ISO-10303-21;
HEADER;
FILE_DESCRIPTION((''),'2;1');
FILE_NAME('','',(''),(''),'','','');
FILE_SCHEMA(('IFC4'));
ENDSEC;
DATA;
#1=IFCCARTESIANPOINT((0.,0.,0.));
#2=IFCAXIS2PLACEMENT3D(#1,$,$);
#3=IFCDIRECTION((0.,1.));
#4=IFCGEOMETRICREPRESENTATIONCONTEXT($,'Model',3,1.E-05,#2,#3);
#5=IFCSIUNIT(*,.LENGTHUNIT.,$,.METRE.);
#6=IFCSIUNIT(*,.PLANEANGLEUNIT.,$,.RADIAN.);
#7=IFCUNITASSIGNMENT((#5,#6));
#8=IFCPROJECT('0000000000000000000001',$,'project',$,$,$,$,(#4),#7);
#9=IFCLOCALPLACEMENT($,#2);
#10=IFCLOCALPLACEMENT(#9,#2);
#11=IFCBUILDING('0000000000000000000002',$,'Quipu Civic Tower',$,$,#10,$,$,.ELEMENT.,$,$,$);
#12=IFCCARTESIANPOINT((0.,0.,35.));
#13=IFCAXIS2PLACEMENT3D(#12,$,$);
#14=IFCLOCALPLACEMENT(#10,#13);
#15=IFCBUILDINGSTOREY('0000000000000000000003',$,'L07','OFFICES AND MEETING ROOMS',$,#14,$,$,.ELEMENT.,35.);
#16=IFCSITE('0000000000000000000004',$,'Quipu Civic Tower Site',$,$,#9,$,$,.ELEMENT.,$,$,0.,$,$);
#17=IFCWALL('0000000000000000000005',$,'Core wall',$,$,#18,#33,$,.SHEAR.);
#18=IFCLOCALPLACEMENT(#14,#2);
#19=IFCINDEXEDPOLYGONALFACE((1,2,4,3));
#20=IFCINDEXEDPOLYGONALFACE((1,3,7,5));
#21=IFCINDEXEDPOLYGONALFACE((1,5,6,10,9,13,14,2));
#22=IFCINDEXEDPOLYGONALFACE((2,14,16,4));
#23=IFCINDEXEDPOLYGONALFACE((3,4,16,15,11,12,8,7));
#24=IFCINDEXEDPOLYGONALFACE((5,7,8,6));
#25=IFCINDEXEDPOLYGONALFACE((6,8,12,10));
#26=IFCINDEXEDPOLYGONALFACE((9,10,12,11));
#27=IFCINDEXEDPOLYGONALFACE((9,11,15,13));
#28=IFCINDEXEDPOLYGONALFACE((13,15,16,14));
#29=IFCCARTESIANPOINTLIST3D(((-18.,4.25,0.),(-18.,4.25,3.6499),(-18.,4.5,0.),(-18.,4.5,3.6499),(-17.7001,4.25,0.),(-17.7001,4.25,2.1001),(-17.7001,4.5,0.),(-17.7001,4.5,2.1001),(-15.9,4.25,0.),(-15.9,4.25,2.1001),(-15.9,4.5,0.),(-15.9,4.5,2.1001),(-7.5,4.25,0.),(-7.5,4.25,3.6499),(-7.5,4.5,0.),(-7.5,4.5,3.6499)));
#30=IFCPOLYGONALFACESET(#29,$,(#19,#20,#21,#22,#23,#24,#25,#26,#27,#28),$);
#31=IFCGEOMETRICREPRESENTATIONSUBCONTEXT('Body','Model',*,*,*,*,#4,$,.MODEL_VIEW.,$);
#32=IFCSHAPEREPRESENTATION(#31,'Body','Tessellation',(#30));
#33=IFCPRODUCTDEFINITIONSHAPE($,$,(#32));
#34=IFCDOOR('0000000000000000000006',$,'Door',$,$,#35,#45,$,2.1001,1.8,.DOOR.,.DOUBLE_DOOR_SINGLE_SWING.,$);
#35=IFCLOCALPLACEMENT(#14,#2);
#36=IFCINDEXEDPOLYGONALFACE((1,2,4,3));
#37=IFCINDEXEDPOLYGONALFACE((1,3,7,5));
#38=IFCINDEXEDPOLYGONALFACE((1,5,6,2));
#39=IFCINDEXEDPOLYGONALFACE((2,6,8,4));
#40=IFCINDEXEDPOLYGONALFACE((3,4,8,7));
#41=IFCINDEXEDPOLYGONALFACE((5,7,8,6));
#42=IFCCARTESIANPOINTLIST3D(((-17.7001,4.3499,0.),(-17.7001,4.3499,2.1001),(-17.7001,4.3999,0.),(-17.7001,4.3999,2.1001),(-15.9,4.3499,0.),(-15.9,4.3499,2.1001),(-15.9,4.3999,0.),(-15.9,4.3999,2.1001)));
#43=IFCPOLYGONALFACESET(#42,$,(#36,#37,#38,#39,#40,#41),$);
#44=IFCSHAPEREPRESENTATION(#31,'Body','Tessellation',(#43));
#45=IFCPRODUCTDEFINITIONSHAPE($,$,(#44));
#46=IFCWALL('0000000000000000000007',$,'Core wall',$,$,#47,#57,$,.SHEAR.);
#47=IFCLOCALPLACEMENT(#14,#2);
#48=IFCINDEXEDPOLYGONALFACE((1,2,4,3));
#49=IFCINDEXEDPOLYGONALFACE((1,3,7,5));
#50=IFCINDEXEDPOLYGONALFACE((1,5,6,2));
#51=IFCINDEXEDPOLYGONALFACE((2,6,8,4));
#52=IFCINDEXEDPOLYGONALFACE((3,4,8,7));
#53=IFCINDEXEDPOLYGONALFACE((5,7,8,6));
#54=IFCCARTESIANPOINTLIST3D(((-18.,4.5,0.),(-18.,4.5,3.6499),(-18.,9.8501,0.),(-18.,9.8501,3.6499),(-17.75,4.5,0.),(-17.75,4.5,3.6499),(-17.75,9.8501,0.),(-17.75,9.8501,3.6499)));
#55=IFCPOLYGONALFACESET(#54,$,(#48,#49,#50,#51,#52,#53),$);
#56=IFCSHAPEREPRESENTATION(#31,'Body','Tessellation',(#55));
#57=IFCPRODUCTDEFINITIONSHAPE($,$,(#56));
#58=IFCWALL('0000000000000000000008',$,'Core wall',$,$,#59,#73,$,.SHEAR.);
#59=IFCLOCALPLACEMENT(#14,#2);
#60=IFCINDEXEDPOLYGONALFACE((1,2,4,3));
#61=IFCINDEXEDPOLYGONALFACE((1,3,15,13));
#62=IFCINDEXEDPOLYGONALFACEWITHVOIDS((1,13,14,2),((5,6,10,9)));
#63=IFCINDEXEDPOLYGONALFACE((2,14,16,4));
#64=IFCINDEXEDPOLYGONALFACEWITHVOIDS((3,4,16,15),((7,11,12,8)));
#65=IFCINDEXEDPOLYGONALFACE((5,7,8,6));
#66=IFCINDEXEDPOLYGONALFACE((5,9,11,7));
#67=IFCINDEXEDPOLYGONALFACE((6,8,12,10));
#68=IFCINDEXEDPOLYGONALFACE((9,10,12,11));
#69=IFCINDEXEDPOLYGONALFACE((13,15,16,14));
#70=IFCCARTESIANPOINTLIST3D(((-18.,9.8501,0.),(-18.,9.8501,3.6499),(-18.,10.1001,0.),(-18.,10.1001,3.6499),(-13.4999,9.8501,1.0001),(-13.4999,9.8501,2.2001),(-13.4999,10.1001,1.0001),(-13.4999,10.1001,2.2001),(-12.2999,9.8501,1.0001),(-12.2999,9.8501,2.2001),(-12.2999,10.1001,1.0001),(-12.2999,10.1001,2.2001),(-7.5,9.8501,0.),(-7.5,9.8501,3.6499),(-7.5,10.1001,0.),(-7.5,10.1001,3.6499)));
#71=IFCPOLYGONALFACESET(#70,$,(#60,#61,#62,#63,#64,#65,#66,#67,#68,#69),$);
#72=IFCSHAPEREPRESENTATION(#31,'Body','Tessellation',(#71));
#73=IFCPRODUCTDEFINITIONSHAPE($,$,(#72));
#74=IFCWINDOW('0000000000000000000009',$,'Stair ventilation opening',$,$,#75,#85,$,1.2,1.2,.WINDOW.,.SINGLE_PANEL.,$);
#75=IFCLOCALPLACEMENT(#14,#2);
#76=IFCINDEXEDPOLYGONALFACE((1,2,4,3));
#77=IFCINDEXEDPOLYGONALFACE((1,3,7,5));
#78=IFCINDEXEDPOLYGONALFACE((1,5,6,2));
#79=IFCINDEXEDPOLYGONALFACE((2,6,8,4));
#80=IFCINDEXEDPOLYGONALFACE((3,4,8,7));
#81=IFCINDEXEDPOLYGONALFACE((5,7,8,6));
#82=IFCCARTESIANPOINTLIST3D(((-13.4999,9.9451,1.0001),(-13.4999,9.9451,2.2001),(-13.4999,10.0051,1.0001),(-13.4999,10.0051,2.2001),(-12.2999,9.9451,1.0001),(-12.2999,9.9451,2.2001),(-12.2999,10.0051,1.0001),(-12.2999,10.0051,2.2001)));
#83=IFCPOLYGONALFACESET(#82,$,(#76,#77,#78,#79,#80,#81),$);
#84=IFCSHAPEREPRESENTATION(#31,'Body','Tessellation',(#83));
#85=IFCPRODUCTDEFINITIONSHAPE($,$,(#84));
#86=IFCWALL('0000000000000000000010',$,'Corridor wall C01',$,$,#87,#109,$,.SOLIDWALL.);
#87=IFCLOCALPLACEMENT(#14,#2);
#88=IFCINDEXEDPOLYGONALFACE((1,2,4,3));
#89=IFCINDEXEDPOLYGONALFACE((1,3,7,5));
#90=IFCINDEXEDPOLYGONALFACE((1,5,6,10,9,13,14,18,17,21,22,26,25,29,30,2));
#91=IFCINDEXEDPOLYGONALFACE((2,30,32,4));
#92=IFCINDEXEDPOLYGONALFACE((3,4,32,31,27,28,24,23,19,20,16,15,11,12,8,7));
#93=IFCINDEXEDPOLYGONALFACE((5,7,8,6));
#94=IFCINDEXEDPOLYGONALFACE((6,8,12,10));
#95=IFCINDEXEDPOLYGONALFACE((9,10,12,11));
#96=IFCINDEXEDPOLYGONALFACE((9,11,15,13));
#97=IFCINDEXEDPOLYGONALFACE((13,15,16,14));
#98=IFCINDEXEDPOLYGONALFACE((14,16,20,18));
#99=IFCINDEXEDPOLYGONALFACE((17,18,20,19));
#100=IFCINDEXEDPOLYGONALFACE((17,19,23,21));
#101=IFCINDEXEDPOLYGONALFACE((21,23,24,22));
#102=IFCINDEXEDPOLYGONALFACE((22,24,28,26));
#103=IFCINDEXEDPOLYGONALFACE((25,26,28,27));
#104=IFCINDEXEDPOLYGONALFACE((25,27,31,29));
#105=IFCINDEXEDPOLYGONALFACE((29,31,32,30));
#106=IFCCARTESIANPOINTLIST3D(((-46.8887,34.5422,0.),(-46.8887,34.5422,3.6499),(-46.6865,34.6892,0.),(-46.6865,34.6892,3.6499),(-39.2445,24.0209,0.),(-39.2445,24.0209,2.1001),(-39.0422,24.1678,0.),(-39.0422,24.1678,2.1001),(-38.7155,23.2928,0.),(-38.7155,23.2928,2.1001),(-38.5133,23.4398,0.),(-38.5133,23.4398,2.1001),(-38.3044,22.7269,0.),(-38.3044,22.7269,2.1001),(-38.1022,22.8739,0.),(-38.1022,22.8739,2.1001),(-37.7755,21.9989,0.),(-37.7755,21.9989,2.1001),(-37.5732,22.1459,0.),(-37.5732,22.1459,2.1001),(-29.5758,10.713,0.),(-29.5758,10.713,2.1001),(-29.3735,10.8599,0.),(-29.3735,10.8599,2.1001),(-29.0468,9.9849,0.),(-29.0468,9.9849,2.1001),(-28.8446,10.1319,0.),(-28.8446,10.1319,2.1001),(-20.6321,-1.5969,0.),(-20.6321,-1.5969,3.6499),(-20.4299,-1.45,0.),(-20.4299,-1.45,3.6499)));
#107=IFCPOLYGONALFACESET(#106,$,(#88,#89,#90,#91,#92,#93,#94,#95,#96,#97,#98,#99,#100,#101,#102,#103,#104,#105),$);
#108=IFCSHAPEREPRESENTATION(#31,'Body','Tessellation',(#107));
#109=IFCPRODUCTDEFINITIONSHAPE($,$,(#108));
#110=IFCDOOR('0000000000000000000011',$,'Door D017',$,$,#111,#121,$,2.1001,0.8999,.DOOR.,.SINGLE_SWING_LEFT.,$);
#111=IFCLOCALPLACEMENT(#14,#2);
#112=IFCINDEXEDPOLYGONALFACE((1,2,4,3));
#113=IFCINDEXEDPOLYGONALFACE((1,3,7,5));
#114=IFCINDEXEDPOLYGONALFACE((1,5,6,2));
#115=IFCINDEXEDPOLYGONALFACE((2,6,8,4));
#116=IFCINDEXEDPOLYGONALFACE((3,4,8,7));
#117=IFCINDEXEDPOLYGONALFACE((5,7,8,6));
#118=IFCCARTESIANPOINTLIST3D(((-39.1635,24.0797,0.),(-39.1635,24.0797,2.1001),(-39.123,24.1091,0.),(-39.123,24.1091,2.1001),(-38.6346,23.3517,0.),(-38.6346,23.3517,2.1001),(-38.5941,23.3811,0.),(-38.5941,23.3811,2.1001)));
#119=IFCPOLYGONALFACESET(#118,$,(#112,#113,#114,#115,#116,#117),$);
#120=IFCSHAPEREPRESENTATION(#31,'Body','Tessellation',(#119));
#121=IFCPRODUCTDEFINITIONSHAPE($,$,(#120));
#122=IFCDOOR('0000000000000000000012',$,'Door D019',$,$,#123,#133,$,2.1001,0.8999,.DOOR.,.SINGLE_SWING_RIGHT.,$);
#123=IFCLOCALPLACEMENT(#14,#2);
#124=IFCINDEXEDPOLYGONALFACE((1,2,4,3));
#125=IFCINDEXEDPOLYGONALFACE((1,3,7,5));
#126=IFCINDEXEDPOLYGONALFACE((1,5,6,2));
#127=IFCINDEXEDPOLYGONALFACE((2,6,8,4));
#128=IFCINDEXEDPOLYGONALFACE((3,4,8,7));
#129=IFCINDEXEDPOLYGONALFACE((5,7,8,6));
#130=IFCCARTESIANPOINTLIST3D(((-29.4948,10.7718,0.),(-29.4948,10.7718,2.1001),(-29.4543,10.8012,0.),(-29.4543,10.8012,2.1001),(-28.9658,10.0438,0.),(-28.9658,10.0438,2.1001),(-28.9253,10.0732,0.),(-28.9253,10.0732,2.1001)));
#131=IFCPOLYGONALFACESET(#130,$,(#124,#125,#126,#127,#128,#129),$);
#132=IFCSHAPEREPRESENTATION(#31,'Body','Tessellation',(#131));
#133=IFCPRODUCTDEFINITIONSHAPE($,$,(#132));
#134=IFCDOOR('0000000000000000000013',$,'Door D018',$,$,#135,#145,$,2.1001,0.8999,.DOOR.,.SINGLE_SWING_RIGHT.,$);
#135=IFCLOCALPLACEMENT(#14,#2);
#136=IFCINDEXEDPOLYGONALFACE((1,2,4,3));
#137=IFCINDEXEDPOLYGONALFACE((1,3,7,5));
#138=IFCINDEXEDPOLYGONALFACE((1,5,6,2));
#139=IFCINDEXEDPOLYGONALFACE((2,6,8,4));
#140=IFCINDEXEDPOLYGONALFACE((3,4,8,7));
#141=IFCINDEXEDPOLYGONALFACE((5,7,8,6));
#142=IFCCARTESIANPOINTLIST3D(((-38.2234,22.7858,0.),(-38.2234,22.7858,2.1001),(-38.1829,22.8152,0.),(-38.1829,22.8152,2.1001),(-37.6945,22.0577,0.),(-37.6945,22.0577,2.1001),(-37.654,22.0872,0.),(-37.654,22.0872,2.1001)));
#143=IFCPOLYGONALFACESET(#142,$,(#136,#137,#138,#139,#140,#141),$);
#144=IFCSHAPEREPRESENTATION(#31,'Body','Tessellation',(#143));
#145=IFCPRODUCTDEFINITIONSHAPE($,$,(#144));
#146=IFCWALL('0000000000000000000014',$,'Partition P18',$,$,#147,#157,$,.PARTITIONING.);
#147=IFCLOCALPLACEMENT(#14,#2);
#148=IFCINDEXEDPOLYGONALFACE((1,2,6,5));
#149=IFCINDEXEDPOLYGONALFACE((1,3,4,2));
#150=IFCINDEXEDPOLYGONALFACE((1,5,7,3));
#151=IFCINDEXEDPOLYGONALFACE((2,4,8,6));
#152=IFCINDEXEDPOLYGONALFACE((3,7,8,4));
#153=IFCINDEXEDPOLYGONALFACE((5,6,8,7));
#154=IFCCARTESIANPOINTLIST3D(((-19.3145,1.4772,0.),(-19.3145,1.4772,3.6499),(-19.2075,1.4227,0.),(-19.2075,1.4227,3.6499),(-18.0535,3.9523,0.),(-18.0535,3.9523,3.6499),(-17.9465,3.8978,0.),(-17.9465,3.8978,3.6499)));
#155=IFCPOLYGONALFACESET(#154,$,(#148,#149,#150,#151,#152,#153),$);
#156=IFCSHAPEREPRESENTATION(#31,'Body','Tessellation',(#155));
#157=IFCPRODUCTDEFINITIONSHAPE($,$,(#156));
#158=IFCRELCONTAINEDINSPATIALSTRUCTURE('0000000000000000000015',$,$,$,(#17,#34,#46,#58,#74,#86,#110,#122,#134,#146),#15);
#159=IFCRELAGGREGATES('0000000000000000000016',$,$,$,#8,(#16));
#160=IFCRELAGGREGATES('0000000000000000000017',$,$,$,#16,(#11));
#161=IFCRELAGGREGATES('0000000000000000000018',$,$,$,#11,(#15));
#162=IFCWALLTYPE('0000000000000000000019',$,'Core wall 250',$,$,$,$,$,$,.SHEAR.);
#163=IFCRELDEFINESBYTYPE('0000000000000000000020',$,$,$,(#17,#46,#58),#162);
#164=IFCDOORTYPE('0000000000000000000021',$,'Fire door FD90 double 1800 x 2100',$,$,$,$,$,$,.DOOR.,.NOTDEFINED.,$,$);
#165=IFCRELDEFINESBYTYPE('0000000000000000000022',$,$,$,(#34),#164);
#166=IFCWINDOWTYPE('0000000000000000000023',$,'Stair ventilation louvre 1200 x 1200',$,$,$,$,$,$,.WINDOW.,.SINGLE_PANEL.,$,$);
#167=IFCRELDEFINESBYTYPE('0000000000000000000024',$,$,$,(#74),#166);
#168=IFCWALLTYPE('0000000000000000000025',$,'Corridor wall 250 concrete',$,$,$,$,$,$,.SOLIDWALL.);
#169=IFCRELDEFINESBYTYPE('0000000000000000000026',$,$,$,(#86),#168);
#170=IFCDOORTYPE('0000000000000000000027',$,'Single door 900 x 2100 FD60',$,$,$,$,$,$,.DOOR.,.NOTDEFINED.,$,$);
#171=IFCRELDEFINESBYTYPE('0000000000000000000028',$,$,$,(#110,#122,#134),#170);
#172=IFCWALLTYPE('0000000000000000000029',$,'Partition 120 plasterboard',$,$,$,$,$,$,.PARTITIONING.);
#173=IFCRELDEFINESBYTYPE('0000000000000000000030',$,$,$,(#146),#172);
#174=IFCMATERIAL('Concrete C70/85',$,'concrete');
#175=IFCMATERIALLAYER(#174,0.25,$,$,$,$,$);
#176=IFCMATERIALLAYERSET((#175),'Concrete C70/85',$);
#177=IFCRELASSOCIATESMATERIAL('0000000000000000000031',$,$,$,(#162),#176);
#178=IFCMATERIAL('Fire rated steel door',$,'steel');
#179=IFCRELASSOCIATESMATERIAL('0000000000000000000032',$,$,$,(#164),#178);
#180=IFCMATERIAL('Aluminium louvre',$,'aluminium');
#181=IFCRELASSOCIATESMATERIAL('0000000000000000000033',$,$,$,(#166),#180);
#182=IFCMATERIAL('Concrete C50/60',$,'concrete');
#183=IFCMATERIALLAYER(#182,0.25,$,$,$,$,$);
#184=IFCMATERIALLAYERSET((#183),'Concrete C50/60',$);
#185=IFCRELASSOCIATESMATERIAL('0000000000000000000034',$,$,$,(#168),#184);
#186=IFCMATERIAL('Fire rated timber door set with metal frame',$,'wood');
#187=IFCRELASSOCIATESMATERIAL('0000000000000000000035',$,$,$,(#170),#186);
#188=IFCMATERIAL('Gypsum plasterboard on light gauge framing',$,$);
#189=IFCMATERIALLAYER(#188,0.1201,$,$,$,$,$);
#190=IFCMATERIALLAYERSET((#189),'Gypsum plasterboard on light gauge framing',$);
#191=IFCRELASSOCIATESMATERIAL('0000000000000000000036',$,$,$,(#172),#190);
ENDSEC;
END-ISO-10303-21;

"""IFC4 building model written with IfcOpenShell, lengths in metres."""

from ifc_helpers import new_model, si_unit, direction, frame, frame_2d, origin, place, context, subcontext, project, spatial, rectangle, extrude, material, layer, layer_set, type_object, element, fill, save


model = new_model("IFC4")

# Units and contexts
model_context = context("Model", 3, precision=1e-05, world=origin(), true_north=direction((0.0, 1.0)))
body_context = subcontext(model_context, "Body", "Model", "MODEL_VIEW")
ifc_project = project(units=[si_unit("LENGTHUNIT", "METRE"), si_unit("PLANEANGLEUNIT", "RADIAN")], contexts=[model_context])

# Site, building, storey
site_placement = place(None, origin())
site = spatial("IfcSite", under=ifc_project, at=site_placement, Name="Quipu Civic Tower Site", CompositionType="ELEMENT", RefElevation=0.0)
building_placement = place(site_placement, origin())
building = spatial("IfcBuilding", under=site, at=building_placement, Name="Quipu Civic Tower", CompositionType="ELEMENT")
storey_placement = place(building_placement, frame((0.0, 0.0, 35.0)))
storey = spatial("IfcBuildingStorey", under=building, at=storey_placement, Name="L07", Description="OFFICES AND MEETING ROOMS", CompositionType="ELEMENT", Elevation=35.0)

# Shared definitions
ifc_material_1 = material(Name="Concrete C70/85", Category="concrete")
ifc_layer_1 = layer(ifc_material_1, 0.25)
ifc_layer_set_1 = layer_set([ifc_layer_1], Name="Concrete C70/85")
wall_type_1 = type_object("IfcWallType", Name="Core wall 250", PredefinedType="SHEAR", material=ifc_layer_set_1)

# Shared definitions
ifc_material_2 = material(Name="Fire rated steel door", Category="steel")
door_type_1 = type_object("IfcDoorType", Name="Fire door FD90 double 1800 x 2100", OperationType="NOTDEFINED", PredefinedType="DOOR", material=ifc_material_2)

# Wall, opening, door
wall_1_placement = place(storey_placement, frame((-18.0, 4.375, 0.0), z_axis=(0.0, 0.0, 1.0), x_axis=(1.0, 0.0, 0.0)))
wall_1 = element("IfcWall", 1, at=wall_1_placement, inside=storey, type_object=wall_type_1, Name="Core wall", PredefinedType="SHEAR", context=body_context, shape_type="SweptSolid", body=[
    extrude(rectangle(XDim=10.5, YDim=0.25, at=frame_2d((5.25, 0.0))), origin(), (0.0, 0.0, 1.0), 3.6499),
])
opening_1_placement = place(wall_1_placement, frame((0.3, 0.0, 0.0)))
opening_1 = element("IfcOpeningElement", 2, at=opening_1_placement, cuts=wall_1, PredefinedType="OPENING", context=body_context, shape_type="SweptSolid", body=[
    extrude(rectangle(XDim=1.8, YDim=2.1001, at=frame_2d((0.8999, 1.05))), frame((0.0, 0.135, 0.0), z_axis=(0.0, -1.0, 0.0), x_axis=(1.0, 0.0, 0.0)), (0.0, 0.0, 1.0), 0.27),
])
door_1_placement = place(opening_1_placement, origin())
door_1 = element("IfcDoor", 3, at=door_1_placement, inside=storey, type_object=door_type_1, Name="Door", OperationType="DOUBLE_DOOR_SINGLE_SWING", OverallHeight=2.1001, OverallWidth=1.8, PredefinedType="DOOR", context=body_context, shape_type="SweptSolid", body=[
    extrude(rectangle(XDim=1.8, YDim=2.1001, at=frame_2d((0.8999, 1.05))), frame((0.0, 0.0249, 0.0), z_axis=(0.0, -1.0, 0.0), x_axis=(1.0, 0.0, 0.0)), (0.0, 0.0, 1.0), 0.05),
])
fill(opening_1, door_1)

# Wall
wall_2_placement = place(storey_placement, frame((-17.875, 4.5, 0.0), z_axis=(0.0, 0.0, 1.0), x_axis=(0.0, 1.0, 0.0)))
element("IfcWall", 4, at=wall_2_placement, inside=storey, type_object=wall_type_1, Name="Core wall", PredefinedType="SHEAR", context=body_context, shape_type="SweptSolid", body=[
    extrude(rectangle(XDim=5.3501, YDim=0.25, at=frame_2d((2.675, 0.0))), origin(), (0.0, 0.0, 1.0), 3.6499),
])

# Wall, opening, window
wall_3_placement = place(storey_placement, frame((-18.0, 9.9751, 0.0), z_axis=(0.0, 0.0, 1.0), x_axis=(1.0, 0.0, 0.0)))
wall_3 = element("IfcWall", 5, at=wall_3_placement, inside=storey, type_object=wall_type_1, Name="Core wall", PredefinedType="SHEAR", context=body_context, shape_type="SweptSolid", body=[
    extrude(rectangle(XDim=10.5, YDim=0.25, at=frame_2d((5.25, 0.0))), origin(), (0.0, 0.0, 1.0), 3.6499),
])
opening_2_placement = place(wall_3_placement, frame((4.5, 0.0, 1.0)))
opening_2 = element("IfcOpeningElement", 6, at=opening_2_placement, cuts=wall_3, PredefinedType="OPENING", context=body_context, shape_type="SweptSolid", body=[
    extrude(rectangle(XDim=1.2, YDim=1.2, at=frame_2d((0.6001, 0.6001))), frame((0.0, 0.135, 0.0), z_axis=(0.0, -1.0, 0.0), x_axis=(1.0, 0.0, 0.0)), (0.0, 0.0, 1.0), 0.27),
])
ifc_material_3 = material(Name="Aluminium louvre", Category="aluminium")
window_type = type_object("IfcWindowType", Name="Stair ventilation louvre 1200 x 1200", PartitioningType="SINGLE_PANEL", PredefinedType="WINDOW", material=ifc_material_3)
window_placement = place(opening_2_placement, origin())
window = element("IfcWindow", 7, at=window_placement, inside=storey, type_object=window_type, Name="Stair ventilation opening", OverallHeight=1.2, OverallWidth=1.2, PartitioningType="SINGLE_PANEL", PredefinedType="WINDOW", context=body_context, shape_type="SweptSolid", body=[
    extrude(rectangle(XDim=1.2, YDim=1.2, at=frame_2d((0.6001, 0.6001))), frame((0.0, 0.03, 0.0), z_axis=(0.0, -1.0, 0.0), x_axis=(1.0, 0.0, 0.0)), (0.0, 0.0, 1.0), 0.0601),
])
fill(opening_2, window)

# Wall, openings, doors
ifc_material_4 = material(Name="Concrete C50/60", Category="concrete")
ifc_layer_2 = layer(ifc_material_4, 0.25)
ifc_layer_set_2 = layer_set([ifc_layer_2], Name="Concrete C50/60")
wall_type_2 = type_object("IfcWallType", Name="Corridor wall 250 concrete", PredefinedType="SOLIDWALL", material=ifc_layer_set_2)
wall_4_placement = place(storey_placement, frame((-20.531, -1.5234, 0.0), z_axis=(0.0, 0.0, 1.0), x_axis=(-0.587785, 0.809017, 0.0)))
wall_4 = element("IfcWall", 8, at=wall_4_placement, inside=storey, type_object=wall_type_2, Name="Corridor wall C01", PredefinedType="SOLIDWALL", context=body_context, shape_type="SweptSolid", body=[
    extrude(rectangle(XDim=44.6704, YDim=0.25, at=frame_2d((22.3352, 0.0))), origin(), (0.0, 0.0, 1.0), 3.6499),
])
opening_3_placement = place(wall_4_placement, frame((30.7654, 0.0, 0.0)))
opening_3 = element("IfcOpeningElement", 9, at=opening_3_placement, cuts=wall_4, PredefinedType="OPENING", context=body_context, shape_type="SweptSolid", body=[
    extrude(rectangle(XDim=0.8999, YDim=2.1001, at=frame_2d((0.45, 1.05))), frame((0.0, 0.135, 0.0), z_axis=(0.0, -1.0, 0.0), x_axis=(1.0, 0.0, 0.0)), (0.0, 0.0, 1.0), 0.27),
])
opening_4_placement = place(wall_4_placement, frame((14.3159, 0.0, 0.0)))
opening_4 = element("IfcOpeningElement", 10, at=opening_4_placement, cuts=wall_4, PredefinedType="OPENING", context=body_context, shape_type="SweptSolid", body=[
    extrude(rectangle(XDim=0.8999, YDim=2.1001, at=frame_2d((0.45, 1.05))), frame((0.0, 0.135, 0.0), z_axis=(0.0, -1.0, 0.0), x_axis=(1.0, 0.0, 0.0)), (0.0, 0.0, 1.0), 0.27),
])
opening_5_placement = place(wall_4_placement, frame((29.166, 0.0, 0.0)))
opening_5 = element("IfcOpeningElement", 11, at=opening_5_placement, cuts=wall_4, PredefinedType="OPENING", context=body_context, shape_type="SweptSolid", body=[
    extrude(rectangle(XDim=0.8999, YDim=2.1001, at=frame_2d((0.45, 1.05))), frame((0.0, 0.135, 0.0), z_axis=(0.0, -1.0, 0.0), x_axis=(1.0, 0.0, 0.0)), (0.0, 0.0, 1.0), 0.27),
])
ifc_material_5 = material(Name="Fire rated timber door set with metal frame", Category="wood")
door_type_2 = type_object("IfcDoorType", Name="Single door 900 x 2100 FD60", OperationType="NOTDEFINED", PredefinedType="DOOR", material=ifc_material_5)
door_2_placement = place(opening_3_placement, origin())
door_2 = element("IfcDoor", 12, at=door_2_placement, inside=storey, type_object=door_type_2, Name="Door D017", OperationType="SINGLE_SWING_LEFT", OverallHeight=2.1001, OverallWidth=0.8999, PredefinedType="DOOR", context=body_context, shape_type="SweptSolid", body=[
    extrude(rectangle(XDim=0.8999, YDim=2.1001, at=frame_2d((0.45, 1.05))), frame((0.0, 0.0249, 0.0), z_axis=(0.0, -1.0, 0.0), x_axis=(1.0, 0.0, 0.0)), (0.0, 0.0, 1.0), 0.05),
])
fill(opening_3, door_2)
door_3_placement = place(opening_4_placement, origin())
door_3 = element("IfcDoor", 13, at=door_3_placement, inside=storey, type_object=door_type_2, Name="Door D019", OperationType="SINGLE_SWING_RIGHT", OverallHeight=2.1001, OverallWidth=0.8999, PredefinedType="DOOR", context=body_context, shape_type="SweptSolid", body=[
    extrude(rectangle(XDim=0.8999, YDim=2.1001, at=frame_2d((0.45, 1.05))), frame((0.0, 0.0249, 0.0), z_axis=(0.0, -1.0, 0.0), x_axis=(1.0, 0.0, 0.0)), (0.0, 0.0, 1.0), 0.05),
])
fill(opening_4, door_3)
door_4_placement = place(opening_5_placement, origin())
door_4 = element("IfcDoor", 14, at=door_4_placement, inside=storey, type_object=door_type_2, Name="Door D018", OperationType="SINGLE_SWING_RIGHT", OverallHeight=2.1001, OverallWidth=0.8999, PredefinedType="DOOR", context=body_context, shape_type="SweptSolid", body=[
    extrude(rectangle(XDim=0.8999, YDim=2.1001, at=frame_2d((0.45, 1.05))), frame((0.0, 0.0249, 0.0), z_axis=(0.0, -1.0, 0.0), x_axis=(1.0, 0.0, 0.0)), (0.0, 0.0, 1.0), 0.05),
])
fill(opening_5, door_4)

# Wall
ifc_material_6 = material(Name="Gypsum plasterboard on light gauge framing")
ifc_layer_3 = layer(ifc_material_6, 0.1201)
ifc_layer_set_3 = layer_set([ifc_layer_3], Name="Gypsum plasterboard on light gauge framing")
wall_type_3 = type_object("IfcWallType", Name="Partition 120 plasterboard", PredefinedType="PARTITIONING", material=ifc_layer_set_3)
wall_5_placement = place(storey_placement, frame((-19.261, 1.45, 0.0), z_axis=(0.0, 0.0, 1.0), x_axis=(0.453951, 0.891027, 0.0)))
element("IfcWall", 15, at=wall_5_placement, inside=storey, type_object=wall_type_3, Name="Partition P18", PredefinedType="PARTITIONING", context=body_context, shape_type="SweptSolid", body=[
    extrude(rectangle(XDim=2.7778, YDim=0.1201, at=frame_2d((1.3889, 0.0))), origin(), (0.0, 0.0, 1.0), 3.6499),
])

save(model, "model.ifc")
